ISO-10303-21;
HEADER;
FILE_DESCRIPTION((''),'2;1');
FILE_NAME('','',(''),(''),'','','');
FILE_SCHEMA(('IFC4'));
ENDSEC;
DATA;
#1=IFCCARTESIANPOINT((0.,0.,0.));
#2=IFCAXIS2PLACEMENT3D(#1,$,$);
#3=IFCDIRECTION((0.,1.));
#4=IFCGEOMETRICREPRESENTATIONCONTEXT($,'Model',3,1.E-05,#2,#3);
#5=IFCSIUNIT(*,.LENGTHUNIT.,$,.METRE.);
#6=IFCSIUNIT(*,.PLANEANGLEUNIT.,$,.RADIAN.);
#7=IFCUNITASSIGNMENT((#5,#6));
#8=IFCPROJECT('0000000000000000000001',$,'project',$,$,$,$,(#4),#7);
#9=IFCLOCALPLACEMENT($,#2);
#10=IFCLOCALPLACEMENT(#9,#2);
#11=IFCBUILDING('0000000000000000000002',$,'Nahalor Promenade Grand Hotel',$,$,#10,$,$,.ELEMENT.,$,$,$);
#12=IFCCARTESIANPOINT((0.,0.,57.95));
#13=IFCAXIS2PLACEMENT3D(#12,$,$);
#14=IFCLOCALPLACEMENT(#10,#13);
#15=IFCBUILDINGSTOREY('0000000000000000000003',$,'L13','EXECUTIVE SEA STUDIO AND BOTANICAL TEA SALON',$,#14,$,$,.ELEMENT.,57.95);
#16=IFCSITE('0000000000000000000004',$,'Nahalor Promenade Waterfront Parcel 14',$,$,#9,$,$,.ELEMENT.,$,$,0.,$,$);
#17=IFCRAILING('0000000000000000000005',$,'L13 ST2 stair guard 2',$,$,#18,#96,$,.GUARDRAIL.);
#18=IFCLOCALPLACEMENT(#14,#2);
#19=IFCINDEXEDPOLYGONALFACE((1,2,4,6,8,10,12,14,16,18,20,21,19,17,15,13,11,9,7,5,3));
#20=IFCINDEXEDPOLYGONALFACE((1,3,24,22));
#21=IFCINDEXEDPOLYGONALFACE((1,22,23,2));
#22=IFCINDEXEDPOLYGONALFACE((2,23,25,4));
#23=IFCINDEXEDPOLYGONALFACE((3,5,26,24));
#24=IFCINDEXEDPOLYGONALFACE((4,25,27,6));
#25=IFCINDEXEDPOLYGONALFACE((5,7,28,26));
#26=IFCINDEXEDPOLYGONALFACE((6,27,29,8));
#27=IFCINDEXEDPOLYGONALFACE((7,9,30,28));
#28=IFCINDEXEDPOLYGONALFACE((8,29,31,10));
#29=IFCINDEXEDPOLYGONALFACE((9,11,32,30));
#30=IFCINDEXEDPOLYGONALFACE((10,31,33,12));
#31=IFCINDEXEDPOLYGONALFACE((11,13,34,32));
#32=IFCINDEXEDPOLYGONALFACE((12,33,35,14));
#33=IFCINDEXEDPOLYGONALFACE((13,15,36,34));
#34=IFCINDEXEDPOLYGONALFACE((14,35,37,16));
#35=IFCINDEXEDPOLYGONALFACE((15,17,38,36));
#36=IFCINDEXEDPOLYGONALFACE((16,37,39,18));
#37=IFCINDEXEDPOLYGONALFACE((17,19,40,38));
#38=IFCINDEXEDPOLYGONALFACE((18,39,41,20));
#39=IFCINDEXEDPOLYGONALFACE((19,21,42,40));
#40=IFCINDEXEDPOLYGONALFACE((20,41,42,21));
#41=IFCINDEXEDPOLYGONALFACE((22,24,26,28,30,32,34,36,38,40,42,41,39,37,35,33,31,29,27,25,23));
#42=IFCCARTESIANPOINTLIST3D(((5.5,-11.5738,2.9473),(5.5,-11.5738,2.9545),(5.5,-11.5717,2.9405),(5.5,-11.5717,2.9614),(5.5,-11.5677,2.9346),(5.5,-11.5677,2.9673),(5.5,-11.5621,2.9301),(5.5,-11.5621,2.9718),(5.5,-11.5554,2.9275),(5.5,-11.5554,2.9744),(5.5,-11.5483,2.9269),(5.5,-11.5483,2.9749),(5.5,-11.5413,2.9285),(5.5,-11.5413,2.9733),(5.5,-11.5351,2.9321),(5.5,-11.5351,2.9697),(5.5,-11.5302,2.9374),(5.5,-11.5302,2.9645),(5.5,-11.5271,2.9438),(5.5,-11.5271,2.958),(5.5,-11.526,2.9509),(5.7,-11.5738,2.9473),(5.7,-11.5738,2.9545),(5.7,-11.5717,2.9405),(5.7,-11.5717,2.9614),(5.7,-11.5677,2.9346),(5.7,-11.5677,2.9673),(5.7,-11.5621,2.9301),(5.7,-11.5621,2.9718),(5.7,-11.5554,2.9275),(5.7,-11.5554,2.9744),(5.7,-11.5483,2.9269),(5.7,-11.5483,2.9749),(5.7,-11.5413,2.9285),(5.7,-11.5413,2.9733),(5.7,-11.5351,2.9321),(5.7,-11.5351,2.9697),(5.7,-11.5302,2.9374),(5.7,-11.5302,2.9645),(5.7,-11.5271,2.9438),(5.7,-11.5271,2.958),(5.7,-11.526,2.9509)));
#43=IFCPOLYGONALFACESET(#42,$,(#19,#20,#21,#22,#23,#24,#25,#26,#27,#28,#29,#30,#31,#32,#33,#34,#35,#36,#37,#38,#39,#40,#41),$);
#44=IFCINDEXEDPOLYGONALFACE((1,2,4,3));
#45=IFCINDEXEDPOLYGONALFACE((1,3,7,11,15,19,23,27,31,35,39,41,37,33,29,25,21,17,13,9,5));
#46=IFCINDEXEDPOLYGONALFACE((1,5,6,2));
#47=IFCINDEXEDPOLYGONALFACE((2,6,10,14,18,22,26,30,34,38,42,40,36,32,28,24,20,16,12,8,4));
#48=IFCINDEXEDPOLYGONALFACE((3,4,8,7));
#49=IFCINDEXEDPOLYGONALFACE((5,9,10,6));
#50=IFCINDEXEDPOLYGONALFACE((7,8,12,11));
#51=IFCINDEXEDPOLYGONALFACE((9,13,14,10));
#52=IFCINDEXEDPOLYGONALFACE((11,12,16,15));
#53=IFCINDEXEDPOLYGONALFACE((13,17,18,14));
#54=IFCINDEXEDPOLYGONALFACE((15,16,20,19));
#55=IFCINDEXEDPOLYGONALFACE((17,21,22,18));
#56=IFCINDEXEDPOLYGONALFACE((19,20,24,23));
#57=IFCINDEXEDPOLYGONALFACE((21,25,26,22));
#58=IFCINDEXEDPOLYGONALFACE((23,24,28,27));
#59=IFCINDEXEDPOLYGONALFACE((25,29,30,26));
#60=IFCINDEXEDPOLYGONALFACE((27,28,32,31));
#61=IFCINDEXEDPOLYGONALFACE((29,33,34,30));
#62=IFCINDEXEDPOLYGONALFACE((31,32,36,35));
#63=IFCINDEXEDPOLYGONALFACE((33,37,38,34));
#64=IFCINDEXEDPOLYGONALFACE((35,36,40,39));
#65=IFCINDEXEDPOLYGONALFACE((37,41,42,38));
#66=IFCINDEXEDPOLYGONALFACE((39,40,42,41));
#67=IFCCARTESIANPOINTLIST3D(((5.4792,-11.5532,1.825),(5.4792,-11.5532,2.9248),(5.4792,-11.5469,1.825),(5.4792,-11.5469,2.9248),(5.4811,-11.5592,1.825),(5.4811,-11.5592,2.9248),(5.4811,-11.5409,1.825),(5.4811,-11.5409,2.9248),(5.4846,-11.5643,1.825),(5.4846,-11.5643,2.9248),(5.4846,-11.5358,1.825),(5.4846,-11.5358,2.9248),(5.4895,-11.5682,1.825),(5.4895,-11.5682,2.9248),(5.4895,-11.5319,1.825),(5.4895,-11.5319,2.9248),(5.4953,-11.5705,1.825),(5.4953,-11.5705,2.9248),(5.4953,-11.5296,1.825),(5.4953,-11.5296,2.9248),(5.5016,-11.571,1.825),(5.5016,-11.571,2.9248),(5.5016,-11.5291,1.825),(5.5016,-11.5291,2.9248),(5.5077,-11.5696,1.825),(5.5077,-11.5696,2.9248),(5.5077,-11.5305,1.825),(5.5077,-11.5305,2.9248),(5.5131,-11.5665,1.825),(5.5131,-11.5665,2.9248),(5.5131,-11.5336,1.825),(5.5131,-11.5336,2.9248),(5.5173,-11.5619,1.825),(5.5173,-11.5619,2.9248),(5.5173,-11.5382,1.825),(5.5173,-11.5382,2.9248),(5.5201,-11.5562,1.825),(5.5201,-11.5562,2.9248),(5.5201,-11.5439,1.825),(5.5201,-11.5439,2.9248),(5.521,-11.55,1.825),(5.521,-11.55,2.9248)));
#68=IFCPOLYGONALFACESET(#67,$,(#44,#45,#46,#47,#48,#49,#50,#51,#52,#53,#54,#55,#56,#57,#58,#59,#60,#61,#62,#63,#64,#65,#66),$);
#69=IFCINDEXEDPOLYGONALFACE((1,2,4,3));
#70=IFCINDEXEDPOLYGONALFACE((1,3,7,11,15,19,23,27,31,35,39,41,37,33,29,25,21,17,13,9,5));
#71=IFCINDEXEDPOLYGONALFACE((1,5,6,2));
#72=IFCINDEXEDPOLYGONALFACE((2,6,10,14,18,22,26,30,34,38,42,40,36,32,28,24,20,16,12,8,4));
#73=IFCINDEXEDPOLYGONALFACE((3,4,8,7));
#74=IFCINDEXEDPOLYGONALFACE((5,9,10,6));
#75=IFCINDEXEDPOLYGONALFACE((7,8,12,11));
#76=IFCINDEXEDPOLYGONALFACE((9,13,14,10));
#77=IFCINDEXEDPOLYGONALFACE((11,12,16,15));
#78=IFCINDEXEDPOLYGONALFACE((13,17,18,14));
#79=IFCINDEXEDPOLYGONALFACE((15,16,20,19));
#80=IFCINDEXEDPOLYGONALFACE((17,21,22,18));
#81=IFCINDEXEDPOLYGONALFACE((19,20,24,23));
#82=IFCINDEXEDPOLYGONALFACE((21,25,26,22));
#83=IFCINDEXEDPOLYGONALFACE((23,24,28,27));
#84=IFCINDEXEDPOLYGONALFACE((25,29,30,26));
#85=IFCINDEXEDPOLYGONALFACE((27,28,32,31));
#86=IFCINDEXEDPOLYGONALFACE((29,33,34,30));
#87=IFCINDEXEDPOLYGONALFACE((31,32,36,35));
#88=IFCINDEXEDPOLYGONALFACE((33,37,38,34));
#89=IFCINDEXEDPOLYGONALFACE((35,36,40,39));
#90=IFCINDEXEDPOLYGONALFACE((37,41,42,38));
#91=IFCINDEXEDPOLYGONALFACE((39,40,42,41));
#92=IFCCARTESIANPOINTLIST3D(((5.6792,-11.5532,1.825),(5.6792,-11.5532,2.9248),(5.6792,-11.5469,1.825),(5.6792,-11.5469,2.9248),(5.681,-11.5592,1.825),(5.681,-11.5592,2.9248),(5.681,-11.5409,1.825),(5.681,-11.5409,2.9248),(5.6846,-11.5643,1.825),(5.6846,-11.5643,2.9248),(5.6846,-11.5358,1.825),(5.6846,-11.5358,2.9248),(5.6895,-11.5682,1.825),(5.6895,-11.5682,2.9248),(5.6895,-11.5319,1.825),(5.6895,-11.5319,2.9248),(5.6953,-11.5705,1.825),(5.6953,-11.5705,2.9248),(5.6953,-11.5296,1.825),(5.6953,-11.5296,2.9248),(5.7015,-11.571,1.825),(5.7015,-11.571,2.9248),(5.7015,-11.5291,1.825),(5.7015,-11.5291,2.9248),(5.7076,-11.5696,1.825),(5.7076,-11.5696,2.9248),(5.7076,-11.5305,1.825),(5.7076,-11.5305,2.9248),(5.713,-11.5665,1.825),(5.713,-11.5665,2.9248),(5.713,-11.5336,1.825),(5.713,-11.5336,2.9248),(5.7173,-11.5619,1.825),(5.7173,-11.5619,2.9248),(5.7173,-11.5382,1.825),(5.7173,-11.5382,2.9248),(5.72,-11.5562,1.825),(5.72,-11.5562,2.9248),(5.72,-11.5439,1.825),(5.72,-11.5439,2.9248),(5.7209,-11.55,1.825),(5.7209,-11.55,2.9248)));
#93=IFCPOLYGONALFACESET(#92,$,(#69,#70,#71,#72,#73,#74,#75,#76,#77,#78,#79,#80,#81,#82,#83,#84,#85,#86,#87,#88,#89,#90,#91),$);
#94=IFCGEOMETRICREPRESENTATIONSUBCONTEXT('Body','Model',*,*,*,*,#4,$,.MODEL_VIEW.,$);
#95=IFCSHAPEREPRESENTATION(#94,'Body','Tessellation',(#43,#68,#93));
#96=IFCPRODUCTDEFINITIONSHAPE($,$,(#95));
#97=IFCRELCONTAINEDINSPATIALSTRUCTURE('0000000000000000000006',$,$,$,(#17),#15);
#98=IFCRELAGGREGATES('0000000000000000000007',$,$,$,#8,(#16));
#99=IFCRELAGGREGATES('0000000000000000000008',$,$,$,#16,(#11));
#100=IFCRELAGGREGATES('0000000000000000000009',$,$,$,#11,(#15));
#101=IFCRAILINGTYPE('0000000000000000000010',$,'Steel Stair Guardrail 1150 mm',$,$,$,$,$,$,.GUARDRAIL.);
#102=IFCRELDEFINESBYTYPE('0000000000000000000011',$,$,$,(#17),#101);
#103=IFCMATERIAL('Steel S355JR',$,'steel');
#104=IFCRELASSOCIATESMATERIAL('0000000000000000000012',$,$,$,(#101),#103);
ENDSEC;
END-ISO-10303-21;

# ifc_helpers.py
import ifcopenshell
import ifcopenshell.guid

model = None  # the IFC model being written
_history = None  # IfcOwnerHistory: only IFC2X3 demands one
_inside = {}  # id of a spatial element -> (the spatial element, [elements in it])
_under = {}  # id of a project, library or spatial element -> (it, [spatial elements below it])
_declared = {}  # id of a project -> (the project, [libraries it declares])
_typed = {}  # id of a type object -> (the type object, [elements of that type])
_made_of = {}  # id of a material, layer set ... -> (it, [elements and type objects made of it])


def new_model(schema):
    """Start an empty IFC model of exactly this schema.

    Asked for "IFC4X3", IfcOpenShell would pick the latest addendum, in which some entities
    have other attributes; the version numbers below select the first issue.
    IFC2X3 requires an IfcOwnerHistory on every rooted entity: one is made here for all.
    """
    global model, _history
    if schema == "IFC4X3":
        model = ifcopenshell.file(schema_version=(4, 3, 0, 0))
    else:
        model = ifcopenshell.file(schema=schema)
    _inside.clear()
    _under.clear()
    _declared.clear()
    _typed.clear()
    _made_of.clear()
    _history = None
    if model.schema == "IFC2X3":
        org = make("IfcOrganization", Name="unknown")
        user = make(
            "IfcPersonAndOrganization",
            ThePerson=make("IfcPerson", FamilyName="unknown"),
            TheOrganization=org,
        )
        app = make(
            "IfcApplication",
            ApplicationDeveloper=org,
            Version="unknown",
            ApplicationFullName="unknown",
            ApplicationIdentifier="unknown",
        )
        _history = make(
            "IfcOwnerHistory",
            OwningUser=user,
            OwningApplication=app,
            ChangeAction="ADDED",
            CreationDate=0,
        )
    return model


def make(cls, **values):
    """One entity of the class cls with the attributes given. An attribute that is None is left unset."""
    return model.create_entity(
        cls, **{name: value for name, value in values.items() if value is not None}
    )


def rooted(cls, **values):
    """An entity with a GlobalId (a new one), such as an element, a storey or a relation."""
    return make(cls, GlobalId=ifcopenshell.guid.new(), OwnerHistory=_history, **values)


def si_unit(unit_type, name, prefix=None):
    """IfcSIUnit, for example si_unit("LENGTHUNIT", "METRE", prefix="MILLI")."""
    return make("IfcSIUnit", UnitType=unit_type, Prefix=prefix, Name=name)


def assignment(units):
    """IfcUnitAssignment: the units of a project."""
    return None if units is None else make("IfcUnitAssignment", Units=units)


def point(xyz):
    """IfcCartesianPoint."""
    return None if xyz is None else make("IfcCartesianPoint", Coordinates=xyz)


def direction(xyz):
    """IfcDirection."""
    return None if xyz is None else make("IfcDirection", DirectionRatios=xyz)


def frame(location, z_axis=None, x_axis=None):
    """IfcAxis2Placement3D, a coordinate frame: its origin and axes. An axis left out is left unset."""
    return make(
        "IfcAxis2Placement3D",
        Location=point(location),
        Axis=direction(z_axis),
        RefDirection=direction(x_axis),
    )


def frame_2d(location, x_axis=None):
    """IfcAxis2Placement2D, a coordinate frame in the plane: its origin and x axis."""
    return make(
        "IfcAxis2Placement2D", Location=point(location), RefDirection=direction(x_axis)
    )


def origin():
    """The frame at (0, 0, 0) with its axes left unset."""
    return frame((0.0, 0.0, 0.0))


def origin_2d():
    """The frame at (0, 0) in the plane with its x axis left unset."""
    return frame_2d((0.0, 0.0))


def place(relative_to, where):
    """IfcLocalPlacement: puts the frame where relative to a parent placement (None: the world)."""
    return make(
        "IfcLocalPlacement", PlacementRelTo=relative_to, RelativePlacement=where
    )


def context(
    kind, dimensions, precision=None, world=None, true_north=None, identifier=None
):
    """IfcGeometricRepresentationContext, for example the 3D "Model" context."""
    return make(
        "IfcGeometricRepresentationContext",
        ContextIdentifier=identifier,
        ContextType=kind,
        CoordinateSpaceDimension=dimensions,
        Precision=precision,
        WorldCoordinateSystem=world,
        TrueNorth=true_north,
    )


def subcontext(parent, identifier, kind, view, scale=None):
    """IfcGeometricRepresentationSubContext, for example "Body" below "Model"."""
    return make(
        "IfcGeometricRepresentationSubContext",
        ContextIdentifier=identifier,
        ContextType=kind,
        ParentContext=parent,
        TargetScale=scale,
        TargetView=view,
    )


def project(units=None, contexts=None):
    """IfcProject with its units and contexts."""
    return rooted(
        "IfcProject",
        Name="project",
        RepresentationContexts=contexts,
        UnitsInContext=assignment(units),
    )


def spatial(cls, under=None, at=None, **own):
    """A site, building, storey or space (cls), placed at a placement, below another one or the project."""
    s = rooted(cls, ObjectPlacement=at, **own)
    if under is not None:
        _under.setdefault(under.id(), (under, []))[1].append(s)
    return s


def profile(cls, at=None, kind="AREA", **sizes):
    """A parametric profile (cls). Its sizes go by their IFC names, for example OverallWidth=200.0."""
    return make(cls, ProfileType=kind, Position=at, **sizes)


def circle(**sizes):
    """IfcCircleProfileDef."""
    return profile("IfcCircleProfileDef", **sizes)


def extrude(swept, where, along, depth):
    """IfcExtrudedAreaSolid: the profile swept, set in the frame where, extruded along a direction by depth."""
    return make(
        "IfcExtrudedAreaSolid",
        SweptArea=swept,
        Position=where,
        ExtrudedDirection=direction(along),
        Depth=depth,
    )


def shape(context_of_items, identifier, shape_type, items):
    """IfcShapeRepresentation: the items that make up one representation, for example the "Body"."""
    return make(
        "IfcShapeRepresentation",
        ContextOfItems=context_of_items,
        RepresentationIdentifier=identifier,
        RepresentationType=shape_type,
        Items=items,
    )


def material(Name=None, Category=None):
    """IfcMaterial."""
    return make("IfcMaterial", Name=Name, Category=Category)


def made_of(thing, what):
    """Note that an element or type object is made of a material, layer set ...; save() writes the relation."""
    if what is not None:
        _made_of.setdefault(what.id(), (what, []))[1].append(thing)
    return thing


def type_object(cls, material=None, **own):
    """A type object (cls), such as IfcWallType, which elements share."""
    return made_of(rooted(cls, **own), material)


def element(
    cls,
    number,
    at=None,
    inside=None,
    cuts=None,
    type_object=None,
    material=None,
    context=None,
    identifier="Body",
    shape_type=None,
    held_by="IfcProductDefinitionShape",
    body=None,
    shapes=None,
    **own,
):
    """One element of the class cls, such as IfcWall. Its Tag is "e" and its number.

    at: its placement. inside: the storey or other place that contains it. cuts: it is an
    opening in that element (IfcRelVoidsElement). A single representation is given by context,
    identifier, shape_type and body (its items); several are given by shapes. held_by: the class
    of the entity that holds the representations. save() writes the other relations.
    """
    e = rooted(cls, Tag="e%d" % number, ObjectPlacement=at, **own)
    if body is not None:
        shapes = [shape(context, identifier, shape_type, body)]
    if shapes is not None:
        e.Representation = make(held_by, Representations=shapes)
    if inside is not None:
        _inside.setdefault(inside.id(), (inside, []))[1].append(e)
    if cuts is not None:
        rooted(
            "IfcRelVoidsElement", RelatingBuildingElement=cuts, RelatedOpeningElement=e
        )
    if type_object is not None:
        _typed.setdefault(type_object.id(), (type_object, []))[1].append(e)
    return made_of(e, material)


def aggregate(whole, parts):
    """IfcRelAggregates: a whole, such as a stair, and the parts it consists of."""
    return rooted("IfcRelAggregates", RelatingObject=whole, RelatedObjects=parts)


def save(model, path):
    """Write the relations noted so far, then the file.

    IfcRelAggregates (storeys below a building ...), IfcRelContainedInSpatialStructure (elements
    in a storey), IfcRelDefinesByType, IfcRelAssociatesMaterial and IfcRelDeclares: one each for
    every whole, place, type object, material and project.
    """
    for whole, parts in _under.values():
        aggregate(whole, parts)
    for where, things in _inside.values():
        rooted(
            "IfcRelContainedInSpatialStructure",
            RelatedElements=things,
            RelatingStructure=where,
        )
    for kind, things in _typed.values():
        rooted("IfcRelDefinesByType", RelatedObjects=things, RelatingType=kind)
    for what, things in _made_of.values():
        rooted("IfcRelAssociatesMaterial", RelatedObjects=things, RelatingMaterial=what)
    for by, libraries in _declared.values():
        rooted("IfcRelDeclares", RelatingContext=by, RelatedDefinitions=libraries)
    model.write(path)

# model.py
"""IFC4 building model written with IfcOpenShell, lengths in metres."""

from ifc_helpers import new_model, si_unit, direction, frame, origin, origin_2d, place, context, subcontext, project, spatial, circle, extrude, material, type_object, element, save


model = new_model("IFC4")

# Units and contexts
model_context = context("Model", 3, precision=1e-05, world=origin(), true_north=direction((0.0, 1.0)))
body_context = subcontext(model_context, "Body", "Model", "MODEL_VIEW")
ifc_project = project(units=[si_unit("LENGTHUNIT", "METRE"), si_unit("PLANEANGLEUNIT", "RADIAN")], contexts=[model_context])

# Site, building, storey
site_placement = place(None, origin())
site = spatial("IfcSite", under=ifc_project, at=site_placement, Name="Nahalor Promenade Waterfront Parcel 14", CompositionType="ELEMENT", RefElevation=0.0)
building_placement = place(site_placement, origin())
building = spatial("IfcBuilding", under=site, at=building_placement, Name="Nahalor Promenade Grand Hotel", CompositionType="ELEMENT")
storey_placement = place(building_placement, frame((0.0, 0.0, 57.95)))
storey = spatial("IfcBuildingStorey", under=building, at=storey_placement, Name="L13", Description="EXECUTIVE SEA STUDIO AND BOTANICAL TEA SALON", CompositionType="ELEMENT", Elevation=57.95)

# Shared definitions
ifc_material_1 = material(Name="Steel S355JR", Category="steel")

# Railing
railing_type_1 = type_object("IfcRailingType", Name="Steel Stair Guardrail 1150 mm", PredefinedType="GUARDRAIL", material=ifc_material_1)
railing_1_placement = place(storey_placement, frame((5.5, -11.55, 1.825)))
element("IfcRailing", 1, at=railing_1_placement, inside=storey, type_object=railing_type_1, Name="L13 ST2 stair guard 2", PredefinedType="GUARDRAIL", context=body_context, shape_type="SweptSolid", body=[
    extrude(circle(Radius=0.024, at=origin_2d()), frame((0.0, 0.0, 1.126), z_axis=(1.0, 0.0, 0.0), x_axis=(0.0, 1.0, 0.0)), (0.0, 0.0, 1.0), 0.2),
    extrude(circle(Radius=0.021, at=origin_2d()), origin(), (0.0, 0.0, 1.0), 1.0999),
    extrude(circle(Radius=0.021, at=origin_2d()), frame((0.2, 0.0, 0.0)), (0.0, 0.0, 1.0), 1.0999),
])

save(model, "model.ifc")
